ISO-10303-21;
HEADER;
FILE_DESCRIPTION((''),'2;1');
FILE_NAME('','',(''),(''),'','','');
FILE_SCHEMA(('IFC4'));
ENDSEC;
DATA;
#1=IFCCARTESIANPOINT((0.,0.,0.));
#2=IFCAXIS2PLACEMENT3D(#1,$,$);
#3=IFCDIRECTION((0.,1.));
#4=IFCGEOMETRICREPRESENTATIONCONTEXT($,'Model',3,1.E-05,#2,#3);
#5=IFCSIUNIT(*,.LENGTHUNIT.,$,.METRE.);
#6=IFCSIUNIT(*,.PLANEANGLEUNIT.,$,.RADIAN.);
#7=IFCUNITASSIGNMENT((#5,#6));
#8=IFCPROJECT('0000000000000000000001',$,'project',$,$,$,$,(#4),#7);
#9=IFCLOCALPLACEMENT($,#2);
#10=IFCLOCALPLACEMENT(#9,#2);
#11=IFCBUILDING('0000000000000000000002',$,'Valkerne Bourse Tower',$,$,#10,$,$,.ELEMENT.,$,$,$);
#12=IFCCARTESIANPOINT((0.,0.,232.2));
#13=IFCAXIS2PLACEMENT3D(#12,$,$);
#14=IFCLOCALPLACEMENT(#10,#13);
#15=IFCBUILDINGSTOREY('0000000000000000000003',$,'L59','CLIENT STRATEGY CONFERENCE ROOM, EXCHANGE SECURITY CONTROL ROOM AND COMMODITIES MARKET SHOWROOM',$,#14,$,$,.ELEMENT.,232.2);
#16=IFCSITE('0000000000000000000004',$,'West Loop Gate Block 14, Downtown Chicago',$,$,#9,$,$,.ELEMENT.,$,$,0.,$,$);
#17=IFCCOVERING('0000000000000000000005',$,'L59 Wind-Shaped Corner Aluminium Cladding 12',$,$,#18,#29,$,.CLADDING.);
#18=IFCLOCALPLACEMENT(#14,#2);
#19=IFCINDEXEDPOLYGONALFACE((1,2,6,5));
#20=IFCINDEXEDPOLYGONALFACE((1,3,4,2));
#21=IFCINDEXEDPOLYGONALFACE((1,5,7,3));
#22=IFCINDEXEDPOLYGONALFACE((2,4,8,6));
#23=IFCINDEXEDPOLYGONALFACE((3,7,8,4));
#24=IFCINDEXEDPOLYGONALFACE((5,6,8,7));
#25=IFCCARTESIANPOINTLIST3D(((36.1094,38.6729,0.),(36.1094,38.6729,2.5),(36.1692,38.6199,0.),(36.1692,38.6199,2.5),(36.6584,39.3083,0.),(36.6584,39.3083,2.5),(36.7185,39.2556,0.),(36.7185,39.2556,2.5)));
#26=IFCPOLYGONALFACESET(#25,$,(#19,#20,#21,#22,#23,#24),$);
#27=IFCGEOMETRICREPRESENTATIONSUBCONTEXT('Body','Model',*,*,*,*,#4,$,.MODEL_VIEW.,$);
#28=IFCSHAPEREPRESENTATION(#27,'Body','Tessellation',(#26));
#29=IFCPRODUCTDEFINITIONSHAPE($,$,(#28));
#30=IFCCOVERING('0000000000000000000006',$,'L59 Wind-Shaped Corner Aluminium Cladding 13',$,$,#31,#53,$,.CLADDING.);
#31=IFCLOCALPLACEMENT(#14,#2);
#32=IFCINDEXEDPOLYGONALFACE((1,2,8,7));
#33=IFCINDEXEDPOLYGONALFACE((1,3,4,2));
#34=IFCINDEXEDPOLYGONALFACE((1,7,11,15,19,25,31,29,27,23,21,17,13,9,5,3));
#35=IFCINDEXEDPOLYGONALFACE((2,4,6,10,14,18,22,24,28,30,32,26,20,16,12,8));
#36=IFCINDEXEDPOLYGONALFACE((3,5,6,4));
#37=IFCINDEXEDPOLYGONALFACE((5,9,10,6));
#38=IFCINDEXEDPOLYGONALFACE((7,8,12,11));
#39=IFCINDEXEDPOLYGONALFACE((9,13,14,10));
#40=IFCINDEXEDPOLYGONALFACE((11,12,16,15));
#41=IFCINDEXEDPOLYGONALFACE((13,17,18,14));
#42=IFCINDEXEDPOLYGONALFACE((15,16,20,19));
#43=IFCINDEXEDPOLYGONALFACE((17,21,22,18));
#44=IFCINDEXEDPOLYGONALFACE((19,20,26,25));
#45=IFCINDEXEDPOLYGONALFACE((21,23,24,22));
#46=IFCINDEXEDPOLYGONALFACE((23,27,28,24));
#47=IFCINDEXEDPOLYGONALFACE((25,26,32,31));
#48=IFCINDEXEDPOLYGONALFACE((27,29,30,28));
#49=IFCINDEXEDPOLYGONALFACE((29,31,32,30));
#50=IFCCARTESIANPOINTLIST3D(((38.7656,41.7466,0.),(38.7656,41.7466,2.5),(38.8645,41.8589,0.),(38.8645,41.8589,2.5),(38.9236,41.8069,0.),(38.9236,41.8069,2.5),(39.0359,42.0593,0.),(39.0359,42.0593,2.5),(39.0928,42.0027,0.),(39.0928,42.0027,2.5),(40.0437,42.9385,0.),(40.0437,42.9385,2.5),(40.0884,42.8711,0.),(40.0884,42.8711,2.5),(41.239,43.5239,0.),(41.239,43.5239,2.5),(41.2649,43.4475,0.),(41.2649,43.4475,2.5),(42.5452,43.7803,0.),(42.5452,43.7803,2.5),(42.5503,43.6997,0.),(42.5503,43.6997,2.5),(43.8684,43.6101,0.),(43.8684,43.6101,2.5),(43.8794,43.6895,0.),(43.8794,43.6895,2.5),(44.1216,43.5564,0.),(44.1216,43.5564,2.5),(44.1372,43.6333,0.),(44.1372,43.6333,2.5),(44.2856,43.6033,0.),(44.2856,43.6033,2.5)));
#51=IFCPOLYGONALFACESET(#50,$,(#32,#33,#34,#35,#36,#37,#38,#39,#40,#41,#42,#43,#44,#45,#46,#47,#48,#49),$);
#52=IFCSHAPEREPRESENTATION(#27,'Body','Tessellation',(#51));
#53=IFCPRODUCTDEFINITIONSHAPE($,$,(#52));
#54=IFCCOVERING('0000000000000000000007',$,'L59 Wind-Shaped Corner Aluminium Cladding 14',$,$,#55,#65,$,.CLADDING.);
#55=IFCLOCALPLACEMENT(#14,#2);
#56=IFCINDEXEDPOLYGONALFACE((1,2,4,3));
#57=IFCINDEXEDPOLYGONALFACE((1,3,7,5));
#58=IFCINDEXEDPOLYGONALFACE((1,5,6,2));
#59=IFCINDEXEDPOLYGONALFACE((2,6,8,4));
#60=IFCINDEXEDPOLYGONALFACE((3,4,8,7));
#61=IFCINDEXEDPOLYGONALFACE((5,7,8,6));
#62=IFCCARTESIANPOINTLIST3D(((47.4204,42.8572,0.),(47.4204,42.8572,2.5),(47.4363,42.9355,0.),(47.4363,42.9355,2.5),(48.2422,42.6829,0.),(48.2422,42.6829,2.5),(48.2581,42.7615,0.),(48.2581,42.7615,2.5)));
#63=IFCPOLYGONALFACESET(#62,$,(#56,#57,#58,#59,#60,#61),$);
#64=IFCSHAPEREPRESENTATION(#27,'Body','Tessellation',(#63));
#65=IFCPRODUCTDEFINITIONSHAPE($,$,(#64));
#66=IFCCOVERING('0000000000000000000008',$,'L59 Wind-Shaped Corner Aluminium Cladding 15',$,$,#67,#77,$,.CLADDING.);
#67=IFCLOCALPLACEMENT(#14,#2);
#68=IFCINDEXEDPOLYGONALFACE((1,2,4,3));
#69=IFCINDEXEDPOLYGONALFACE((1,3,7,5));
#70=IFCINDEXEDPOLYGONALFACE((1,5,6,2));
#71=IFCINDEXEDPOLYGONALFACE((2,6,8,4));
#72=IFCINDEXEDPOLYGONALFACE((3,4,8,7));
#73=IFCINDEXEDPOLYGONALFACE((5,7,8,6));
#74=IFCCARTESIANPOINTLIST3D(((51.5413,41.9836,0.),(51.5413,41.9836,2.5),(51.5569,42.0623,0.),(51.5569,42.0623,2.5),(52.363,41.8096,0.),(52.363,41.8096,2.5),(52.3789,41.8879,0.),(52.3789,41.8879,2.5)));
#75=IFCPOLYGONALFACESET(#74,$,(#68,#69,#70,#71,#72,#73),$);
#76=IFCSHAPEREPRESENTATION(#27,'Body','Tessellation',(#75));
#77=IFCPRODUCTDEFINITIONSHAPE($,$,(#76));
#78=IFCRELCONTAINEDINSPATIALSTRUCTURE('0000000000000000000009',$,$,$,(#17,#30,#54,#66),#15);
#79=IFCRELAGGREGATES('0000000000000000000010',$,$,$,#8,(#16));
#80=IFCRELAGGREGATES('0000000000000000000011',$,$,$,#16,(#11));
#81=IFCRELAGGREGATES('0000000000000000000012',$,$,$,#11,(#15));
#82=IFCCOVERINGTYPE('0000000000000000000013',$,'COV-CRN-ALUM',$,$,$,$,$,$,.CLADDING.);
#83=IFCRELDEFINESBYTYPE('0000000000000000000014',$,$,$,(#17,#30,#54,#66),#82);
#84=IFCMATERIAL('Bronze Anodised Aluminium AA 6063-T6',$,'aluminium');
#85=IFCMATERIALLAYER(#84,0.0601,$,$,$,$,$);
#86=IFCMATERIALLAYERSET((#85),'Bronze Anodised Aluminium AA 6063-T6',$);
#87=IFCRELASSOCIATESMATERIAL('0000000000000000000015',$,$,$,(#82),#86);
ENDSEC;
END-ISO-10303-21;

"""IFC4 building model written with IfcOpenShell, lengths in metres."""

from ifc_helpers import new_model, si_unit, direction, frame, origin, place, context, subcontext, project, spatial, polyline, outline, extrude, material, layer, layer_set, type_object, element, save


model = new_model("IFC4")

# Units and contexts
model_context = context("Model", 3, precision=1e-05, world=origin(), true_north=direction((0.0, 1.0)))
body_context = subcontext(model_context, "Body", "Model", "MODEL_VIEW")
ifc_project = project(units=[si_unit("LENGTHUNIT", "METRE"), si_unit("PLANEANGLEUNIT", "RADIAN")], contexts=[model_context])

# Site, building, storey
site_placement = place(None, origin())
site = spatial("IfcSite", under=ifc_project, at=site_placement, Name="West Loop Gate Block 14, Downtown Chicago", CompositionType="ELEMENT", RefElevation=0.0)
building_placement = place(site_placement, origin())
building = spatial("IfcBuilding", under=site, at=building_placement, Name="Valkerne Bourse Tower", CompositionType="ELEMENT")
storey_placement = place(building_placement, frame((0.0, 0.0, 232.2)))
storey = spatial("IfcBuildingStorey", under=building, at=storey_placement, Name="L59", Description="CLIENT STRATEGY CONFERENCE ROOM, EXCHANGE SECURITY CONTROL ROOM AND COMMODITIES MARKET SHOWROOM", CompositionType="ELEMENT", Elevation=232.2)

# Coverings
ifc_material_1 = material(Name="Bronze Anodised Aluminium AA 6063-T6", Category="aluminium")
ifc_layer_1 = layer(ifc_material_1, 0.0601)
ifc_layer_set_1 = layer_set([ifc_layer_1], Name="Bronze Anodised Aluminium AA 6063-T6")
covering_type = type_object("IfcCoveringType", Name="COV-CRN-ALUM", PredefinedType="CLADDING", material=ifc_layer_set_1)
covering_1_placement = place(storey_placement, origin())
element("IfcCovering", 1, at=covering_1_placement, inside=storey, type_object=covering_type, Name="L59 Wind-Shaped Corner Aluminium Cladding 12", PredefinedType="CLADDING", context=body_context, shape_type="SweptSolid", body=[
    extrude(outline(polyline([(36.6584, 39.3083), (36.7185, 39.2556), (36.1692, 38.6199), (36.1094, 38.6729), (36.6584, 39.3083)])), origin(), (0.0, 0.0, 1.0), 2.5),
])
covering_2_placement = place(storey_placement, origin())
element("IfcCovering", 2, at=covering_2_placement, inside=storey, type_object=covering_type, Name="L59 Wind-Shaped Corner Aluminium Cladding 13", PredefinedType="CLADDING", context=body_context, shape_type="SweptSolid", body=[
    extrude(outline(polyline([(39.0359, 42.0593), (40.0437, 42.9385), (41.239, 43.5239), (42.5452, 43.7803), (43.8794, 43.6895), (44.2856, 43.6033), (44.1372, 43.6333), (44.1216, 43.5564), (43.8684, 43.6101), (42.5503, 43.6997), (41.2649, 43.4475), (40.0884, 42.8711), (39.0928, 42.0027), (38.9236, 41.8069), (38.8645, 41.8589), (38.7656, 41.7466), (39.0359, 42.0593)])), origin(), (0.0, 0.0, 1.0), 2.5),
])
covering_3_placement = place(storey_placement, origin())
element("IfcCovering", 3, at=covering_3_placement, inside=storey, type_object=covering_type, Name="L59 Wind-Shaped Corner Aluminium Cladding 14", PredefinedType="CLADDING", context=body_context, shape_type="SweptSolid", body=[
    extrude(outline(polyline([(48.2581, 42.7615), (48.2422, 42.6829), (47.4204, 42.8572), (47.4363, 42.9355), (48.2581, 42.7615)])), origin(), (0.0, 0.0, 1.0), 2.5),
])
covering_4_placement = place(storey_placement, origin())
element("IfcCovering", 4, at=covering_4_placement, inside=storey, type_object=covering_type, Name="L59 Wind-Shaped Corner Aluminium Cladding 15", PredefinedType="CLADDING", context=body_context, shape_type="SweptSolid", body=[
    extrude(outline(polyline([(52.3789, 41.8879), (52.363, 41.8096), (51.5413, 41.9836), (51.5569, 42.0623), (52.3789, 41.8879)])), origin(), (0.0, 0.0, 1.0), 2.5),
])

save(model, "model.ifc")
